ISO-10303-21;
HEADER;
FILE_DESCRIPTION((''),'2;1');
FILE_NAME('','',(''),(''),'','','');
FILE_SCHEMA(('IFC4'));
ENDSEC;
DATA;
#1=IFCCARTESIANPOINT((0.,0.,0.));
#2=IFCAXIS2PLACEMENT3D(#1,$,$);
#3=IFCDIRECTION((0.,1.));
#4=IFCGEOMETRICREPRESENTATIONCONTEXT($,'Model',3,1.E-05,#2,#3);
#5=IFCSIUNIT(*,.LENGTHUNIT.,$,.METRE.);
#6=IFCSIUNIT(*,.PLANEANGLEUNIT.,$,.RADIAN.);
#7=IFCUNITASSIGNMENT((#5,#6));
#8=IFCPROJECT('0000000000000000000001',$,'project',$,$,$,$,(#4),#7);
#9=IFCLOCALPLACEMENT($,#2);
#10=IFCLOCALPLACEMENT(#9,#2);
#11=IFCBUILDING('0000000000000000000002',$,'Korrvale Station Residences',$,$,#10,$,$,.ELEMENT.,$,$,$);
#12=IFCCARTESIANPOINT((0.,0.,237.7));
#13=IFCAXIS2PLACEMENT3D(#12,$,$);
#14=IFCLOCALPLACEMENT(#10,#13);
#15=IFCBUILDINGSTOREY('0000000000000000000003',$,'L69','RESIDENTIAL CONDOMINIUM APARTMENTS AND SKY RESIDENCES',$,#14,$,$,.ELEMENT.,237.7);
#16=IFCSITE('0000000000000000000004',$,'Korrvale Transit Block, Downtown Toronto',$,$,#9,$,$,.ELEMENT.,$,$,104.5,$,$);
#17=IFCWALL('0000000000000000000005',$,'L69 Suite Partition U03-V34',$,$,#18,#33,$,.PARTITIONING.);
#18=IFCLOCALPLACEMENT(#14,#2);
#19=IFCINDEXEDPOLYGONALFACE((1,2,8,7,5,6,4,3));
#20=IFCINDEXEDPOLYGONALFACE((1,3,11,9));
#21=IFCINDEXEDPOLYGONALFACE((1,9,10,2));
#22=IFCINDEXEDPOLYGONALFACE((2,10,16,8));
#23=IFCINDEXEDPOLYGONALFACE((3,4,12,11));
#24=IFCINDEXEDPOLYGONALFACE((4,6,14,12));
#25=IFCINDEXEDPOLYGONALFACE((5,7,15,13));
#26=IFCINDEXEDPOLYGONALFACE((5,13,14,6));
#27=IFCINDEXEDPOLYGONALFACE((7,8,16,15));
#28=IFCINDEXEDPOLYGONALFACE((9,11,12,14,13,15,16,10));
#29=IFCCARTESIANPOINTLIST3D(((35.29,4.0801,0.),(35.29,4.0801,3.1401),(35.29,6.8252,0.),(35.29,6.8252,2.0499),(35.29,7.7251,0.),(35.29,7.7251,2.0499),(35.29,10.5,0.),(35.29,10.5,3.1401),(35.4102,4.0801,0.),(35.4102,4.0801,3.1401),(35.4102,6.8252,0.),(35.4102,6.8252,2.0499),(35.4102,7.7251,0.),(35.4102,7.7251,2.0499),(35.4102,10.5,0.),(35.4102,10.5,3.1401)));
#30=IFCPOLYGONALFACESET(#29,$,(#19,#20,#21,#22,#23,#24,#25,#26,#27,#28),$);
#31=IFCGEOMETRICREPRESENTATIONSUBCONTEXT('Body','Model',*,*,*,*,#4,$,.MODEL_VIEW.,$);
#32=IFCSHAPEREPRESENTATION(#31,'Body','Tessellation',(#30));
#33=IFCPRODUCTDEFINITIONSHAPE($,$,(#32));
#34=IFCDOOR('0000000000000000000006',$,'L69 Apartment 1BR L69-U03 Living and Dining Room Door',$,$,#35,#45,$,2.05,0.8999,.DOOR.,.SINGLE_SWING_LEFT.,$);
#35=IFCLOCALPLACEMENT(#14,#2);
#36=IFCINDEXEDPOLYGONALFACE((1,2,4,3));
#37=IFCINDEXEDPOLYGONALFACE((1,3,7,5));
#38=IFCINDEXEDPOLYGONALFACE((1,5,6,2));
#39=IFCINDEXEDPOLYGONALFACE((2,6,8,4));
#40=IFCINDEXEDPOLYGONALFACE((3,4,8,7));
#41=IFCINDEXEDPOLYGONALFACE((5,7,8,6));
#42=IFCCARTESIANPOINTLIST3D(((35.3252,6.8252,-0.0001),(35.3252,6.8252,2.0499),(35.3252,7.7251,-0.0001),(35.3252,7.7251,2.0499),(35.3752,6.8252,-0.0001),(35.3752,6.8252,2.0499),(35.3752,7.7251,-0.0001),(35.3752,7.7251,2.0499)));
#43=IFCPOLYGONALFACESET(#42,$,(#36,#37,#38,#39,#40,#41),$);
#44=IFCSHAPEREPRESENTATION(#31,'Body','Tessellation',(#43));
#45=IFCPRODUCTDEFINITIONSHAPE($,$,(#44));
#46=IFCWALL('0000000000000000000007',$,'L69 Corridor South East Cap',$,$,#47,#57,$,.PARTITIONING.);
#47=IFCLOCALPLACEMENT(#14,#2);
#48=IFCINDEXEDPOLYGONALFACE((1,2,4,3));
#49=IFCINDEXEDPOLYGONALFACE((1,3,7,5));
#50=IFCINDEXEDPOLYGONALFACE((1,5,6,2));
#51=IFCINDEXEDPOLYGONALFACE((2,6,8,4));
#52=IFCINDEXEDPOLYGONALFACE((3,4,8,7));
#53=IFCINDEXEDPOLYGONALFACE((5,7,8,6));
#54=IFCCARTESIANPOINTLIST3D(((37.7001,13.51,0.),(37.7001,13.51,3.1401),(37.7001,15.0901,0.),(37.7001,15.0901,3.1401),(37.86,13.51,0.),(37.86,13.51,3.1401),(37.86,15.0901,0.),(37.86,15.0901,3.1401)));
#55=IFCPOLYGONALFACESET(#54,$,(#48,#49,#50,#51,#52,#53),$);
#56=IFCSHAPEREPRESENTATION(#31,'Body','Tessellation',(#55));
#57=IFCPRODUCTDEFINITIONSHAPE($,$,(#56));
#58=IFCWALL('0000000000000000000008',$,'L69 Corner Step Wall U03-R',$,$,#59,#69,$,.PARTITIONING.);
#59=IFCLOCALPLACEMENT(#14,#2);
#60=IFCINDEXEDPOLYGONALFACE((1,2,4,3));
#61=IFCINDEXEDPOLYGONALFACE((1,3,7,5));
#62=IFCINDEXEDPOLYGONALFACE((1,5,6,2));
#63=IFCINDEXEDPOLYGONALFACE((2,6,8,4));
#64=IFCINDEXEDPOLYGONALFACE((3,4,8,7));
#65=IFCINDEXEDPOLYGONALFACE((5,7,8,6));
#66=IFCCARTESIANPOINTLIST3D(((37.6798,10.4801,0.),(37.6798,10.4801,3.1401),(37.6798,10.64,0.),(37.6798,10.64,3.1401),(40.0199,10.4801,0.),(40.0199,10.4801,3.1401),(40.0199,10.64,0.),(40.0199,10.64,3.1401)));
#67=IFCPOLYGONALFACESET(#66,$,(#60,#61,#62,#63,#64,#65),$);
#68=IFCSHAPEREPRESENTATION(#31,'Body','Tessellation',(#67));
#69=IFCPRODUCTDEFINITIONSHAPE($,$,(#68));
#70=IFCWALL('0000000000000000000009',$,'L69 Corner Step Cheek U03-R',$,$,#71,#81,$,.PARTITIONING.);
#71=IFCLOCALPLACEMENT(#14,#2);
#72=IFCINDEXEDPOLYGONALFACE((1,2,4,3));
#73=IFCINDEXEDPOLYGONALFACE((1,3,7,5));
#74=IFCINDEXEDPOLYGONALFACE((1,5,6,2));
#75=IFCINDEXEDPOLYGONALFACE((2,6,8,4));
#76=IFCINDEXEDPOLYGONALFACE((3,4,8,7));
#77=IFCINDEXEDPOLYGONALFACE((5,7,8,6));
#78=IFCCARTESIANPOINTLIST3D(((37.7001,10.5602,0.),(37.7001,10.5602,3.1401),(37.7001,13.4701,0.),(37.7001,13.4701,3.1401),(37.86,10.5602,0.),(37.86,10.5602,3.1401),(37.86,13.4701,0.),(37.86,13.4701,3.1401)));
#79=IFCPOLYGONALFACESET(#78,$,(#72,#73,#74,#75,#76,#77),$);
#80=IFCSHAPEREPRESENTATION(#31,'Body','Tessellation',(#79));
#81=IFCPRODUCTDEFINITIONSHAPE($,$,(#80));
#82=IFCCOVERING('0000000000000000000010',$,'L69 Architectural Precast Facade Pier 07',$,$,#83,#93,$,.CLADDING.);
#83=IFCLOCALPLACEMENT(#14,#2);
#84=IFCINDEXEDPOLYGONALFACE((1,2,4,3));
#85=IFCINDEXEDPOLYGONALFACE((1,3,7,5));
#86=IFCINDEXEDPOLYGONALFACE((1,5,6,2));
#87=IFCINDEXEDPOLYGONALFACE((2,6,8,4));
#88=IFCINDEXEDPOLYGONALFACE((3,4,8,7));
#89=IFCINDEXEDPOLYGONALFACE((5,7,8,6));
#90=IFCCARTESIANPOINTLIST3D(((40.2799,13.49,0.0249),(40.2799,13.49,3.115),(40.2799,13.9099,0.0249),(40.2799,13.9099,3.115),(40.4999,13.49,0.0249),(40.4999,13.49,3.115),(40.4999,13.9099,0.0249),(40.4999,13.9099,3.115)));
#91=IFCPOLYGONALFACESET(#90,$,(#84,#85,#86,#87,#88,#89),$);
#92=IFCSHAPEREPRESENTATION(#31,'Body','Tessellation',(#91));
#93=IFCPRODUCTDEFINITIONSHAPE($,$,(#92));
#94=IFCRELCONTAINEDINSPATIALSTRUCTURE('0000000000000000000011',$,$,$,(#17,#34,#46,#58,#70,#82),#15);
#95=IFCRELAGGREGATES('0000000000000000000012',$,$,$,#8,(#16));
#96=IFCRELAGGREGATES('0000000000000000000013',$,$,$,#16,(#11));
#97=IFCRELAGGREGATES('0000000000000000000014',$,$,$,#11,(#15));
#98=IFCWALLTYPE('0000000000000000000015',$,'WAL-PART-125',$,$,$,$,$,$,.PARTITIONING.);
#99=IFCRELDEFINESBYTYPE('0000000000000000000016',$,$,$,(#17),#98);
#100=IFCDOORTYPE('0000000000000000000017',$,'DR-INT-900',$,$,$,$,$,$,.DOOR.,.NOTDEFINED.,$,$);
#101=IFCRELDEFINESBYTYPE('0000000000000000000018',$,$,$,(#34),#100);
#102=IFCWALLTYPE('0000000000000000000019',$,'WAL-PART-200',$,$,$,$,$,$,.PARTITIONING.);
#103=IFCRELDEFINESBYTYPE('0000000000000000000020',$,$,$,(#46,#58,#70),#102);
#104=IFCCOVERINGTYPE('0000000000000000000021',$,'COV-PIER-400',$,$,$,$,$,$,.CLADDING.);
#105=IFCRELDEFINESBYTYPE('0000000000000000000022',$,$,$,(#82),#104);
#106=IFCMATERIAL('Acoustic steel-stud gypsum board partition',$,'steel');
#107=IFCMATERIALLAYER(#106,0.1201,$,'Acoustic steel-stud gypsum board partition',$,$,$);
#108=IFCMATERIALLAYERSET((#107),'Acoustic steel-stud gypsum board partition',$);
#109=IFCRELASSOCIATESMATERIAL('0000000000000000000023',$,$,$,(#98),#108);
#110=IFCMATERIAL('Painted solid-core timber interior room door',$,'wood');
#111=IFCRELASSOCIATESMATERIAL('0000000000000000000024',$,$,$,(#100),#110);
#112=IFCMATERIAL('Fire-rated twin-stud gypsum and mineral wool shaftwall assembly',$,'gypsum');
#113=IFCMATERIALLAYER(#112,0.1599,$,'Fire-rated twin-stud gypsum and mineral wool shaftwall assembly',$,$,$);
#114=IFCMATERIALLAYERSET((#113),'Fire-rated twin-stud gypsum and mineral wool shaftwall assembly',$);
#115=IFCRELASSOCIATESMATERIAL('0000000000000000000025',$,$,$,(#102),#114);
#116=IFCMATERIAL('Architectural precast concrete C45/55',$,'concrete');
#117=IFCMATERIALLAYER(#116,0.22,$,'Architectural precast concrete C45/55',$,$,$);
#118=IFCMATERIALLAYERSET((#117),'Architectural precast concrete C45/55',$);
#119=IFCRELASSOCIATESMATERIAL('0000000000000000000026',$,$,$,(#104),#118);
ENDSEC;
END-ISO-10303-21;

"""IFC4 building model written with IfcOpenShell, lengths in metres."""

from ifc_helpers import new_model, si_unit, direction, frame, frame_2d, origin, origin_2d, place, context, subcontext, project, spatial, rectangle, extrude, material, layer, layer_set, type_object, element, fill, save


model = new_model("IFC4")

# Units and contexts
model_context = context("Model", 3, precision=1e-05, world=origin(), true_north=direction((0.0, 1.0)))
body_context = subcontext(model_context, "Body", "Model", "MODEL_VIEW")
ifc_project = project(units=[si_unit("LENGTHUNIT", "METRE"), si_unit("PLANEANGLEUNIT", "RADIAN")], contexts=[model_context])

# Site, building, storey
site_placement = place(None, origin())
site = spatial("IfcSite", under=ifc_project, at=site_placement, Name="Korrvale Transit Block, Downtown Toronto", CompositionType="ELEMENT", RefElevation=104.5)
building_placement = place(site_placement, origin())
building = spatial("IfcBuilding", under=site, at=building_placement, Name="Korrvale Station Residences", CompositionType="ELEMENT")
storey_placement = place(building_placement, frame((0.0, 0.0, 237.7)))
storey = spatial("IfcBuildingStorey", under=building, at=storey_placement, Name="L69", Description="RESIDENTIAL CONDOMINIUM APARTMENTS AND SKY RESIDENCES", CompositionType="ELEMENT", Elevation=237.7)

# Wall, opening, door
ifc_material_1 = material(Name="Acoustic steel-stud gypsum board partition", Category="steel")
ifc_layer_1 = layer(ifc_material_1, 0.1201, Name="Acoustic steel-stud gypsum board partition")
ifc_layer_set_1 = layer_set([ifc_layer_1], Name="Acoustic steel-stud gypsum board partition")
wall_type_1 = type_object("IfcWallType", Name="WAL-PART-125", PredefinedType="PARTITIONING", material=ifc_layer_set_1)
ifc_material_2 = material(Name="Painted solid-core timber interior room door", Category="wood")
door_type = type_object("IfcDoorType", Name="DR-INT-900", OperationType="NOTDEFINED", PredefinedType="DOOR", material=ifc_material_2)
wall_1_placement = place(storey_placement, frame((35.3501, 4.0801, 0.0), z_axis=(0.0, 0.0, 1.0), x_axis=(0.0, 1.0, 0.0)))
wall_1 = element("IfcWall", 1, at=wall_1_placement, inside=storey, type_object=wall_type_1, Name="L69 Suite Partition U03-V34", PredefinedType="PARTITIONING", context=body_context, shape_type="SweptSolid", body=[
    extrude(rectangle(XDim=6.4199, YDim=0.1201, at=frame_2d((3.21, 0.0))), origin(), (0.0, 0.0, 1.0), 3.1401),
])
opening_1_placement = place(wall_1_placement, frame((2.7451, 0.0, 0.0)))
opening_1 = element("IfcOpeningElement", 2, at=opening_1_placement, cuts=wall_1, PredefinedType="OPENING", context=body_context, shape_type="SweptSolid", body=[
    extrude(rectangle(XDim=0.8999, YDim=2.05, at=frame_2d((0.45, 1.0249))), frame((0.0, 0.0701, 0.0), z_axis=(0.0, -1.0, 0.0), x_axis=(1.0, 0.0, 0.0)), (0.0, 0.0, 1.0), 0.1401),
])
door_1_placement = place(opening_1_placement, origin())
door_1 = element("IfcDoor", 3, at=door_1_placement, inside=storey, type_object=door_type, Name="L69 Apartment 1BR L69-U03 Living and Dining Room Door", OperationType="SINGLE_SWING_LEFT", OverallHeight=2.05, OverallWidth=0.8999, PredefinedType="DOOR", context=body_context, shape_type="SweptSolid", body=[
    extrude(rectangle(XDim=0.8999, YDim=2.05, at=frame_2d((0.45, 1.0249))), frame((0.0, 0.0249, 0.0), z_axis=(0.0, -1.0, 0.0), x_axis=(1.0, 0.0, 0.0)), (0.0, 0.0, 1.0), 0.05),
])
fill(opening_1, door_1)

# Walls
ifc_material_3 = material(Name="Fire-rated twin-stud gypsum and mineral wool shaftwall assembly", Category="gypsum")
ifc_layer_2 = layer(ifc_material_3, 0.1599, Name="Fire-rated twin-stud gypsum and mineral wool shaftwall assembly")
ifc_layer_set_2 = layer_set([ifc_layer_2], Name="Fire-rated twin-stud gypsum and mineral wool shaftwall assembly")
wall_type_2 = type_object("IfcWallType", Name="WAL-PART-200", PredefinedType="PARTITIONING", material=ifc_layer_set_2)
wall_2_placement = place(storey_placement, frame((37.78, 13.51, 0.0), z_axis=(0.0, 0.0, 1.0), x_axis=(0.0, 1.0, 0.0)))
element("IfcWall", 4, at=wall_2_placement, inside=storey, type_object=wall_type_2, Name="L69 Corridor South East Cap", PredefinedType="PARTITIONING", context=body_context, shape_type="SweptSolid", body=[
    extrude(rectangle(XDim=1.5801, YDim=0.1599, at=frame_2d((0.79, 0.0))), origin(), (0.0, 0.0, 1.0), 3.1401),
])
wall_3_placement = place(storey_placement, frame((37.6799, 10.5601, 0.0), z_axis=(0.0, 0.0, 1.0), x_axis=(1.0, 0.0, 0.0)))
element("IfcWall", 5, at=wall_3_placement, inside=storey, type_object=wall_type_2, Name="L69 Corner Step Wall U03-R", PredefinedType="PARTITIONING", context=body_context, shape_type="SweptSolid", body=[
    extrude(rectangle(XDim=2.3401, YDim=0.1599, at=frame_2d((1.1699, 0.0))), origin(), (0.0, 0.0, 1.0), 3.1401),
])
wall_4_placement = place(storey_placement, frame((37.78, 10.5601, 0.0), z_axis=(0.0, 0.0, 1.0), x_axis=(0.0, 1.0, 0.0)))
element("IfcWall", 6, at=wall_4_placement, inside=storey, type_object=wall_type_2, Name="L69 Corner Step Cheek U03-R", PredefinedType="PARTITIONING", context=body_context, shape_type="SweptSolid", body=[
    extrude(rectangle(XDim=2.9099, YDim=0.1599, at=frame_2d((1.4551, 0.0))), origin(), (0.0, 0.0, 1.0), 3.1401),
])

# Covering
ifc_material_4 = material(Name="Architectural precast concrete C45/55", Category="concrete")
ifc_layer_3 = layer(ifc_material_4, 0.22, Name="Architectural precast concrete C45/55")
ifc_layer_set_3 = layer_set([ifc_layer_3], Name="Architectural precast concrete C45/55")
covering_type = type_object("IfcCoveringType", Name="COV-PIER-400", PredefinedType="CLADDING", material=ifc_layer_set_3)
covering_placement = place(storey_placement, frame((40.3899, 13.7, 0.0249), z_axis=(0.0, 0.0, 1.0), x_axis=(0.0, 1.0, 0.0)))
element("IfcCovering", 7, at=covering_placement, inside=storey, type_object=covering_type, Name="L69 Architectural Precast Facade Pier 07", PredefinedType="CLADDING", context=body_context, shape_type="SweptSolid", body=[
    extrude(rectangle(XDim=0.4199, YDim=0.22, at=origin_2d()), origin(), (0.0, 0.0, 1.0), 3.0901),
])

save(model, "model.ifc")
